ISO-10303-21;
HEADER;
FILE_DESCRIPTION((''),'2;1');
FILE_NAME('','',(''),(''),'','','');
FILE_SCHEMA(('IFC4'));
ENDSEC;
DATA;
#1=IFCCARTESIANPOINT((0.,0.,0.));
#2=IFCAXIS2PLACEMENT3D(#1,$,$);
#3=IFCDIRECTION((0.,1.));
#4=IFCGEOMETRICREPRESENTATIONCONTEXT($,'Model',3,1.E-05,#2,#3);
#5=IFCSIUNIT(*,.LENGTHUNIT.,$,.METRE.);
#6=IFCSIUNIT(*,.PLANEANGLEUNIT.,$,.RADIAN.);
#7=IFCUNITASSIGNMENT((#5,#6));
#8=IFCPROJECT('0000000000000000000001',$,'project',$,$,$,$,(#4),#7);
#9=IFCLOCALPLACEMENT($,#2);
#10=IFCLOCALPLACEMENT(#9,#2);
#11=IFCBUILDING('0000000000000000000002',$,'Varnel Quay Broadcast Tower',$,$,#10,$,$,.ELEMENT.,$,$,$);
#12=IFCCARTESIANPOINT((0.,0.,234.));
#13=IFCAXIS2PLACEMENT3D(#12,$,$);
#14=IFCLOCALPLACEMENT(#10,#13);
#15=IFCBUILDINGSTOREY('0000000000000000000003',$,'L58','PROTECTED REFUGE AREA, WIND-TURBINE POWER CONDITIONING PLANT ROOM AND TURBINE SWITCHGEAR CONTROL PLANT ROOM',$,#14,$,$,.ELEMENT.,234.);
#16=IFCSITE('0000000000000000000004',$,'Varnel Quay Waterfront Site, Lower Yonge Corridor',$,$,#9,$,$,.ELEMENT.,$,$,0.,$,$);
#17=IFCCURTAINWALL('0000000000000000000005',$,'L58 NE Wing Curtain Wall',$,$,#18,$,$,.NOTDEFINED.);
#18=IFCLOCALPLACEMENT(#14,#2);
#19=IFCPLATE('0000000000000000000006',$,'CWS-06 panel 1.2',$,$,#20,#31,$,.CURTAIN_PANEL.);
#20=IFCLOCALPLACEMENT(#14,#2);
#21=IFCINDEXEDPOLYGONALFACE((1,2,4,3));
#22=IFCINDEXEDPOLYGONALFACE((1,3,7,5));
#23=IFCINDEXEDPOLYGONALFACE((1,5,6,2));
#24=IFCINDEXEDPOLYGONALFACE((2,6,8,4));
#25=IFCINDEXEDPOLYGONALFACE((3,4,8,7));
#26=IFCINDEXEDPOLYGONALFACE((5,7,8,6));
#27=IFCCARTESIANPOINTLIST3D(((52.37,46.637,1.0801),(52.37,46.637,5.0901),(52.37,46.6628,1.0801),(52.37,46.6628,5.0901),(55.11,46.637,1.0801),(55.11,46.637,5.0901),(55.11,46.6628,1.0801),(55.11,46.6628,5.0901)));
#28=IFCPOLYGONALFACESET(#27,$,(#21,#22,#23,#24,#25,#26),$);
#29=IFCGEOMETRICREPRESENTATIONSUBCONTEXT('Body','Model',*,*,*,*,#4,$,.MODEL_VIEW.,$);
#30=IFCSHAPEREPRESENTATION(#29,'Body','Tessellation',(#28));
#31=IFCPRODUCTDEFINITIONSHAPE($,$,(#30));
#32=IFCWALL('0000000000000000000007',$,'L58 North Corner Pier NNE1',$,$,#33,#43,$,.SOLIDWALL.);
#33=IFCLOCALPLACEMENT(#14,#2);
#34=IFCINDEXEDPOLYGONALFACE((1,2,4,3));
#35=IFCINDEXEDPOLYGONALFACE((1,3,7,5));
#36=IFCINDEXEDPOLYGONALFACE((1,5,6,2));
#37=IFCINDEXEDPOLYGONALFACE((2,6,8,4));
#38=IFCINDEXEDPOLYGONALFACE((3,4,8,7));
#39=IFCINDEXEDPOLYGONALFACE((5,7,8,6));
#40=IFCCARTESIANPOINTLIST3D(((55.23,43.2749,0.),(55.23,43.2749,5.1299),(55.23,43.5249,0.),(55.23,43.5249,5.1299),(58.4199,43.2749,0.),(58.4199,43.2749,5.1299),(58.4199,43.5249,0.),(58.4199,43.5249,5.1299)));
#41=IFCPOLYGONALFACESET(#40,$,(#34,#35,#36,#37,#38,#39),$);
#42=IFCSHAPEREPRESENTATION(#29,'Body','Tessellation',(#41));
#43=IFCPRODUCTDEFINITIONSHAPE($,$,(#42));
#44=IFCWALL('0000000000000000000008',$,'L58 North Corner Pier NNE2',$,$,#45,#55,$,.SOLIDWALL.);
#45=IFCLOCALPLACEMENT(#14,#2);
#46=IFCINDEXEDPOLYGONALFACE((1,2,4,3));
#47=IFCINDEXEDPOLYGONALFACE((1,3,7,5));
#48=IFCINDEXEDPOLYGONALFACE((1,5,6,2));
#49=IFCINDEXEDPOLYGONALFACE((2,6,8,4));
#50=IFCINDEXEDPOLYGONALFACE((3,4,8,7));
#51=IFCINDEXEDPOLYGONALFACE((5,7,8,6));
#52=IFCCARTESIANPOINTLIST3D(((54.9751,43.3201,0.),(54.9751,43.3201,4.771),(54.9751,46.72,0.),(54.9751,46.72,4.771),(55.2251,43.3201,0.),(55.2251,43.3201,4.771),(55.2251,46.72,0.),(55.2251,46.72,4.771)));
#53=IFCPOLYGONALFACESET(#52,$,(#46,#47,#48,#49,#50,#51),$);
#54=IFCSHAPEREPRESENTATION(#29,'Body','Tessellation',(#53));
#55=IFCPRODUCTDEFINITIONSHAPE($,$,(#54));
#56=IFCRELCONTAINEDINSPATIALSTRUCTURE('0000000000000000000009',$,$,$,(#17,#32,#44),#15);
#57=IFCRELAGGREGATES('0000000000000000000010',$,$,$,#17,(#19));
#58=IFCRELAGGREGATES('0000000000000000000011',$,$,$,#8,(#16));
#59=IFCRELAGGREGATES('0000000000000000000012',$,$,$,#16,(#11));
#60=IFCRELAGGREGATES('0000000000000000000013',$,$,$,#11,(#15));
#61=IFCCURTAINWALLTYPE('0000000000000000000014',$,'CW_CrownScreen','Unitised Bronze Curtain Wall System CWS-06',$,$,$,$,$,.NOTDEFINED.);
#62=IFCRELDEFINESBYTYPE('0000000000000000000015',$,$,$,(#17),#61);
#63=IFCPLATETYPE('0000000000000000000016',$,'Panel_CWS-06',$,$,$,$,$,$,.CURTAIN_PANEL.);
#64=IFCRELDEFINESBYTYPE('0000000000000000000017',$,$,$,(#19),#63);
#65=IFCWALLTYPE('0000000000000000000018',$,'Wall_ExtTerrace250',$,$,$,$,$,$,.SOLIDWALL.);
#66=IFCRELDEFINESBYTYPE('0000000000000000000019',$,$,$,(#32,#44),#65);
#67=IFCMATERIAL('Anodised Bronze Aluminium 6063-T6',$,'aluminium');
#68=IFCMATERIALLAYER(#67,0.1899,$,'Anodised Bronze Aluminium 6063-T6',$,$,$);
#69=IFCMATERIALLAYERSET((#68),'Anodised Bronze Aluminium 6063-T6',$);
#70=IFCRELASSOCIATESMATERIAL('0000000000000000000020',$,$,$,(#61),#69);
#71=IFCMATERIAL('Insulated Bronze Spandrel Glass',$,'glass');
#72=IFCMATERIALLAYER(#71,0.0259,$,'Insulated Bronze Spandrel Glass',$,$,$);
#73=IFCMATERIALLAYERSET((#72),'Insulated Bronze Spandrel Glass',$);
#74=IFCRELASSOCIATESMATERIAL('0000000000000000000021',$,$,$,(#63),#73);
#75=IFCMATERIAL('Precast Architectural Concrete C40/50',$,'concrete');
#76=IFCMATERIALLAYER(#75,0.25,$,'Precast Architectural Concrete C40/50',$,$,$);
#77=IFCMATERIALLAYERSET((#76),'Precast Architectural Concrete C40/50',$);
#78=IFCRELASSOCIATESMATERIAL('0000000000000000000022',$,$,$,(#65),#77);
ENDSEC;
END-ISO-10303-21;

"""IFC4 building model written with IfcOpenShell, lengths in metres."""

from ifc_helpers import new_model, si_unit, direction, frame, frame_2d, origin, origin_2d, place, context, subcontext, project, spatial, rectangle, extrude, source, transform, mapped, material, layer, layer_set, type_object, element, aggregate, save


model = new_model("IFC4")

# Units and contexts
model_context = context("Model", 3, precision=1e-05, world=origin(), true_north=direction((0.0, 1.0)))
body_context = subcontext(model_context, "Body", "Model", "MODEL_VIEW")
ifc_project = project(units=[si_unit("LENGTHUNIT", "METRE"), si_unit("PLANEANGLEUNIT", "RADIAN")], contexts=[model_context])

# Site, building, storey
site_placement = place(None, origin())
site = spatial("IfcSite", under=ifc_project, at=site_placement, Name="Varnel Quay Waterfront Site, Lower Yonge Corridor", CompositionType="ELEMENT", RefElevation=0.0)
building_placement = place(site_placement, origin())
building = spatial("IfcBuilding", under=site, at=building_placement, Name="Varnel Quay Broadcast Tower", CompositionType="ELEMENT")
storey_placement = place(building_placement, frame((0.0, 0.0, 234.0)))
storey = spatial("IfcBuildingStorey", under=building, at=storey_placement, Name="L58", Description="PROTECTED REFUGE AREA, WIND-TURBINE POWER CONDITIONING PLANT ROOM AND TURBINE SWITCHGEAR CONTROL PLANT ROOM", CompositionType="ELEMENT", Elevation=234.0)

# Shared definitions
ifc_material_1 = material(Name="Anodised Bronze Aluminium 6063-T6", Category="aluminium")

# Curtain wall
ifc_layer_1 = layer(ifc_material_1, 0.1899, Name="Anodised Bronze Aluminium 6063-T6")
ifc_layer_set_1 = layer_set([ifc_layer_1], Name="Anodised Bronze Aluminium 6063-T6")
curtain_wall_type_1 = type_object("IfcCurtainWallType", Name="CW_CrownScreen", Description="Unitised Bronze Curtain Wall System CWS-06", PredefinedType="NOTDEFINED", material=ifc_layer_set_1)
curtain_wall_1_placement = place(storey_placement, origin())
curtain_wall_1 = element("IfcCurtainWall", 1, at=curtain_wall_1_placement, inside=storey, type_object=curtain_wall_type_1, Name="L58 NE Wing Curtain Wall", PredefinedType="NOTDEFINED")

# Plate
ifc_material_2 = material(Name="Insulated Bronze Spandrel Glass", Category="glass")
ifc_layer_2 = layer(ifc_material_2, 0.0259, Name="Insulated Bronze Spandrel Glass")
ifc_layer_set_2 = layer_set([ifc_layer_2], Name="Insulated Bronze Spandrel Glass")
plate_type_1 = type_object("IfcPlateType", Name="Panel_CWS-06", PredefinedType="CURTAIN_PANEL", material=ifc_layer_set_2)
shared_shape_1 = source(origin(), body_context, "Body", "SweptSolid", [
    extrude(rectangle(XDim=2.74, YDim=0.0259, at=origin_2d()), origin(), (0.0, 0.0, 1.0), 4.01),
])
plate_1_placement = place(storey_placement, frame((53.74, 46.6499, 1.0801), z_axis=(0.0, 0.0, 1.0), x_axis=(1.0, 0.0, 0.0)))
plate_1 = element("IfcPlate", 2, at=plate_1_placement, type_object=plate_type_1, Name="CWS-06 panel 1.2", PredefinedType="CURTAIN_PANEL", context=body_context, shape_type="MappedRepresentation", body=[
    mapped(shared_shape_1, transform((0.0, 0.0, 0.0), x_axis=(1.0, 0.0, 0.0), y_axis=(0.0, 1.0, 0.0), z_axis=(0.0, 0.0, 1.0), scale=1.0)),
])
aggregate(curtain_wall_1, [plate_1])

# Walls
ifc_material_3 = material(Name="Precast Architectural Concrete C40/50", Category="concrete")
ifc_layer_3 = layer(ifc_material_3, 0.25, Name="Precast Architectural Concrete C40/50")
ifc_layer_set_3 = layer_set([ifc_layer_3], Name="Precast Architectural Concrete C40/50")
wall_type = type_object("IfcWallType", Name="Wall_ExtTerrace250", PredefinedType="SOLIDWALL", material=ifc_layer_set_3)
wall_1_placement = place(storey_placement, frame((55.23, 43.3999, 0.0), z_axis=(0.0, 0.0, 1.0), x_axis=(1.0, 0.0, 0.0)))
element("IfcWall", 3, at=wall_1_placement, inside=storey, type_object=wall_type, Name="L58 North Corner Pier NNE1", PredefinedType="SOLIDWALL", context=body_context, shape_type="SweptSolid", body=[
    extrude(rectangle(XDim=3.1899, YDim=0.25, at=frame_2d((1.595, 0.0))), origin(), (0.0, 0.0, 1.0), 5.1299),
])
wall_2_placement = place(storey_placement, frame((55.1001, 43.3201, 0.0), z_axis=(0.0, 0.0, 1.0), x_axis=(0.0, 1.0, 0.0)))
element("IfcWall", 4, at=wall_2_placement, inside=storey, type_object=wall_type, Name="L58 North Corner Pier NNE2", PredefinedType="SOLIDWALL", context=body_context, shape_type="SweptSolid", body=[
    extrude(rectangle(XDim=3.3999, YDim=0.25, at=frame_2d((1.7, 0.0))), origin(), (0.0, 0.0, 1.0), 4.771),
])

save(model, "model.ifc")
